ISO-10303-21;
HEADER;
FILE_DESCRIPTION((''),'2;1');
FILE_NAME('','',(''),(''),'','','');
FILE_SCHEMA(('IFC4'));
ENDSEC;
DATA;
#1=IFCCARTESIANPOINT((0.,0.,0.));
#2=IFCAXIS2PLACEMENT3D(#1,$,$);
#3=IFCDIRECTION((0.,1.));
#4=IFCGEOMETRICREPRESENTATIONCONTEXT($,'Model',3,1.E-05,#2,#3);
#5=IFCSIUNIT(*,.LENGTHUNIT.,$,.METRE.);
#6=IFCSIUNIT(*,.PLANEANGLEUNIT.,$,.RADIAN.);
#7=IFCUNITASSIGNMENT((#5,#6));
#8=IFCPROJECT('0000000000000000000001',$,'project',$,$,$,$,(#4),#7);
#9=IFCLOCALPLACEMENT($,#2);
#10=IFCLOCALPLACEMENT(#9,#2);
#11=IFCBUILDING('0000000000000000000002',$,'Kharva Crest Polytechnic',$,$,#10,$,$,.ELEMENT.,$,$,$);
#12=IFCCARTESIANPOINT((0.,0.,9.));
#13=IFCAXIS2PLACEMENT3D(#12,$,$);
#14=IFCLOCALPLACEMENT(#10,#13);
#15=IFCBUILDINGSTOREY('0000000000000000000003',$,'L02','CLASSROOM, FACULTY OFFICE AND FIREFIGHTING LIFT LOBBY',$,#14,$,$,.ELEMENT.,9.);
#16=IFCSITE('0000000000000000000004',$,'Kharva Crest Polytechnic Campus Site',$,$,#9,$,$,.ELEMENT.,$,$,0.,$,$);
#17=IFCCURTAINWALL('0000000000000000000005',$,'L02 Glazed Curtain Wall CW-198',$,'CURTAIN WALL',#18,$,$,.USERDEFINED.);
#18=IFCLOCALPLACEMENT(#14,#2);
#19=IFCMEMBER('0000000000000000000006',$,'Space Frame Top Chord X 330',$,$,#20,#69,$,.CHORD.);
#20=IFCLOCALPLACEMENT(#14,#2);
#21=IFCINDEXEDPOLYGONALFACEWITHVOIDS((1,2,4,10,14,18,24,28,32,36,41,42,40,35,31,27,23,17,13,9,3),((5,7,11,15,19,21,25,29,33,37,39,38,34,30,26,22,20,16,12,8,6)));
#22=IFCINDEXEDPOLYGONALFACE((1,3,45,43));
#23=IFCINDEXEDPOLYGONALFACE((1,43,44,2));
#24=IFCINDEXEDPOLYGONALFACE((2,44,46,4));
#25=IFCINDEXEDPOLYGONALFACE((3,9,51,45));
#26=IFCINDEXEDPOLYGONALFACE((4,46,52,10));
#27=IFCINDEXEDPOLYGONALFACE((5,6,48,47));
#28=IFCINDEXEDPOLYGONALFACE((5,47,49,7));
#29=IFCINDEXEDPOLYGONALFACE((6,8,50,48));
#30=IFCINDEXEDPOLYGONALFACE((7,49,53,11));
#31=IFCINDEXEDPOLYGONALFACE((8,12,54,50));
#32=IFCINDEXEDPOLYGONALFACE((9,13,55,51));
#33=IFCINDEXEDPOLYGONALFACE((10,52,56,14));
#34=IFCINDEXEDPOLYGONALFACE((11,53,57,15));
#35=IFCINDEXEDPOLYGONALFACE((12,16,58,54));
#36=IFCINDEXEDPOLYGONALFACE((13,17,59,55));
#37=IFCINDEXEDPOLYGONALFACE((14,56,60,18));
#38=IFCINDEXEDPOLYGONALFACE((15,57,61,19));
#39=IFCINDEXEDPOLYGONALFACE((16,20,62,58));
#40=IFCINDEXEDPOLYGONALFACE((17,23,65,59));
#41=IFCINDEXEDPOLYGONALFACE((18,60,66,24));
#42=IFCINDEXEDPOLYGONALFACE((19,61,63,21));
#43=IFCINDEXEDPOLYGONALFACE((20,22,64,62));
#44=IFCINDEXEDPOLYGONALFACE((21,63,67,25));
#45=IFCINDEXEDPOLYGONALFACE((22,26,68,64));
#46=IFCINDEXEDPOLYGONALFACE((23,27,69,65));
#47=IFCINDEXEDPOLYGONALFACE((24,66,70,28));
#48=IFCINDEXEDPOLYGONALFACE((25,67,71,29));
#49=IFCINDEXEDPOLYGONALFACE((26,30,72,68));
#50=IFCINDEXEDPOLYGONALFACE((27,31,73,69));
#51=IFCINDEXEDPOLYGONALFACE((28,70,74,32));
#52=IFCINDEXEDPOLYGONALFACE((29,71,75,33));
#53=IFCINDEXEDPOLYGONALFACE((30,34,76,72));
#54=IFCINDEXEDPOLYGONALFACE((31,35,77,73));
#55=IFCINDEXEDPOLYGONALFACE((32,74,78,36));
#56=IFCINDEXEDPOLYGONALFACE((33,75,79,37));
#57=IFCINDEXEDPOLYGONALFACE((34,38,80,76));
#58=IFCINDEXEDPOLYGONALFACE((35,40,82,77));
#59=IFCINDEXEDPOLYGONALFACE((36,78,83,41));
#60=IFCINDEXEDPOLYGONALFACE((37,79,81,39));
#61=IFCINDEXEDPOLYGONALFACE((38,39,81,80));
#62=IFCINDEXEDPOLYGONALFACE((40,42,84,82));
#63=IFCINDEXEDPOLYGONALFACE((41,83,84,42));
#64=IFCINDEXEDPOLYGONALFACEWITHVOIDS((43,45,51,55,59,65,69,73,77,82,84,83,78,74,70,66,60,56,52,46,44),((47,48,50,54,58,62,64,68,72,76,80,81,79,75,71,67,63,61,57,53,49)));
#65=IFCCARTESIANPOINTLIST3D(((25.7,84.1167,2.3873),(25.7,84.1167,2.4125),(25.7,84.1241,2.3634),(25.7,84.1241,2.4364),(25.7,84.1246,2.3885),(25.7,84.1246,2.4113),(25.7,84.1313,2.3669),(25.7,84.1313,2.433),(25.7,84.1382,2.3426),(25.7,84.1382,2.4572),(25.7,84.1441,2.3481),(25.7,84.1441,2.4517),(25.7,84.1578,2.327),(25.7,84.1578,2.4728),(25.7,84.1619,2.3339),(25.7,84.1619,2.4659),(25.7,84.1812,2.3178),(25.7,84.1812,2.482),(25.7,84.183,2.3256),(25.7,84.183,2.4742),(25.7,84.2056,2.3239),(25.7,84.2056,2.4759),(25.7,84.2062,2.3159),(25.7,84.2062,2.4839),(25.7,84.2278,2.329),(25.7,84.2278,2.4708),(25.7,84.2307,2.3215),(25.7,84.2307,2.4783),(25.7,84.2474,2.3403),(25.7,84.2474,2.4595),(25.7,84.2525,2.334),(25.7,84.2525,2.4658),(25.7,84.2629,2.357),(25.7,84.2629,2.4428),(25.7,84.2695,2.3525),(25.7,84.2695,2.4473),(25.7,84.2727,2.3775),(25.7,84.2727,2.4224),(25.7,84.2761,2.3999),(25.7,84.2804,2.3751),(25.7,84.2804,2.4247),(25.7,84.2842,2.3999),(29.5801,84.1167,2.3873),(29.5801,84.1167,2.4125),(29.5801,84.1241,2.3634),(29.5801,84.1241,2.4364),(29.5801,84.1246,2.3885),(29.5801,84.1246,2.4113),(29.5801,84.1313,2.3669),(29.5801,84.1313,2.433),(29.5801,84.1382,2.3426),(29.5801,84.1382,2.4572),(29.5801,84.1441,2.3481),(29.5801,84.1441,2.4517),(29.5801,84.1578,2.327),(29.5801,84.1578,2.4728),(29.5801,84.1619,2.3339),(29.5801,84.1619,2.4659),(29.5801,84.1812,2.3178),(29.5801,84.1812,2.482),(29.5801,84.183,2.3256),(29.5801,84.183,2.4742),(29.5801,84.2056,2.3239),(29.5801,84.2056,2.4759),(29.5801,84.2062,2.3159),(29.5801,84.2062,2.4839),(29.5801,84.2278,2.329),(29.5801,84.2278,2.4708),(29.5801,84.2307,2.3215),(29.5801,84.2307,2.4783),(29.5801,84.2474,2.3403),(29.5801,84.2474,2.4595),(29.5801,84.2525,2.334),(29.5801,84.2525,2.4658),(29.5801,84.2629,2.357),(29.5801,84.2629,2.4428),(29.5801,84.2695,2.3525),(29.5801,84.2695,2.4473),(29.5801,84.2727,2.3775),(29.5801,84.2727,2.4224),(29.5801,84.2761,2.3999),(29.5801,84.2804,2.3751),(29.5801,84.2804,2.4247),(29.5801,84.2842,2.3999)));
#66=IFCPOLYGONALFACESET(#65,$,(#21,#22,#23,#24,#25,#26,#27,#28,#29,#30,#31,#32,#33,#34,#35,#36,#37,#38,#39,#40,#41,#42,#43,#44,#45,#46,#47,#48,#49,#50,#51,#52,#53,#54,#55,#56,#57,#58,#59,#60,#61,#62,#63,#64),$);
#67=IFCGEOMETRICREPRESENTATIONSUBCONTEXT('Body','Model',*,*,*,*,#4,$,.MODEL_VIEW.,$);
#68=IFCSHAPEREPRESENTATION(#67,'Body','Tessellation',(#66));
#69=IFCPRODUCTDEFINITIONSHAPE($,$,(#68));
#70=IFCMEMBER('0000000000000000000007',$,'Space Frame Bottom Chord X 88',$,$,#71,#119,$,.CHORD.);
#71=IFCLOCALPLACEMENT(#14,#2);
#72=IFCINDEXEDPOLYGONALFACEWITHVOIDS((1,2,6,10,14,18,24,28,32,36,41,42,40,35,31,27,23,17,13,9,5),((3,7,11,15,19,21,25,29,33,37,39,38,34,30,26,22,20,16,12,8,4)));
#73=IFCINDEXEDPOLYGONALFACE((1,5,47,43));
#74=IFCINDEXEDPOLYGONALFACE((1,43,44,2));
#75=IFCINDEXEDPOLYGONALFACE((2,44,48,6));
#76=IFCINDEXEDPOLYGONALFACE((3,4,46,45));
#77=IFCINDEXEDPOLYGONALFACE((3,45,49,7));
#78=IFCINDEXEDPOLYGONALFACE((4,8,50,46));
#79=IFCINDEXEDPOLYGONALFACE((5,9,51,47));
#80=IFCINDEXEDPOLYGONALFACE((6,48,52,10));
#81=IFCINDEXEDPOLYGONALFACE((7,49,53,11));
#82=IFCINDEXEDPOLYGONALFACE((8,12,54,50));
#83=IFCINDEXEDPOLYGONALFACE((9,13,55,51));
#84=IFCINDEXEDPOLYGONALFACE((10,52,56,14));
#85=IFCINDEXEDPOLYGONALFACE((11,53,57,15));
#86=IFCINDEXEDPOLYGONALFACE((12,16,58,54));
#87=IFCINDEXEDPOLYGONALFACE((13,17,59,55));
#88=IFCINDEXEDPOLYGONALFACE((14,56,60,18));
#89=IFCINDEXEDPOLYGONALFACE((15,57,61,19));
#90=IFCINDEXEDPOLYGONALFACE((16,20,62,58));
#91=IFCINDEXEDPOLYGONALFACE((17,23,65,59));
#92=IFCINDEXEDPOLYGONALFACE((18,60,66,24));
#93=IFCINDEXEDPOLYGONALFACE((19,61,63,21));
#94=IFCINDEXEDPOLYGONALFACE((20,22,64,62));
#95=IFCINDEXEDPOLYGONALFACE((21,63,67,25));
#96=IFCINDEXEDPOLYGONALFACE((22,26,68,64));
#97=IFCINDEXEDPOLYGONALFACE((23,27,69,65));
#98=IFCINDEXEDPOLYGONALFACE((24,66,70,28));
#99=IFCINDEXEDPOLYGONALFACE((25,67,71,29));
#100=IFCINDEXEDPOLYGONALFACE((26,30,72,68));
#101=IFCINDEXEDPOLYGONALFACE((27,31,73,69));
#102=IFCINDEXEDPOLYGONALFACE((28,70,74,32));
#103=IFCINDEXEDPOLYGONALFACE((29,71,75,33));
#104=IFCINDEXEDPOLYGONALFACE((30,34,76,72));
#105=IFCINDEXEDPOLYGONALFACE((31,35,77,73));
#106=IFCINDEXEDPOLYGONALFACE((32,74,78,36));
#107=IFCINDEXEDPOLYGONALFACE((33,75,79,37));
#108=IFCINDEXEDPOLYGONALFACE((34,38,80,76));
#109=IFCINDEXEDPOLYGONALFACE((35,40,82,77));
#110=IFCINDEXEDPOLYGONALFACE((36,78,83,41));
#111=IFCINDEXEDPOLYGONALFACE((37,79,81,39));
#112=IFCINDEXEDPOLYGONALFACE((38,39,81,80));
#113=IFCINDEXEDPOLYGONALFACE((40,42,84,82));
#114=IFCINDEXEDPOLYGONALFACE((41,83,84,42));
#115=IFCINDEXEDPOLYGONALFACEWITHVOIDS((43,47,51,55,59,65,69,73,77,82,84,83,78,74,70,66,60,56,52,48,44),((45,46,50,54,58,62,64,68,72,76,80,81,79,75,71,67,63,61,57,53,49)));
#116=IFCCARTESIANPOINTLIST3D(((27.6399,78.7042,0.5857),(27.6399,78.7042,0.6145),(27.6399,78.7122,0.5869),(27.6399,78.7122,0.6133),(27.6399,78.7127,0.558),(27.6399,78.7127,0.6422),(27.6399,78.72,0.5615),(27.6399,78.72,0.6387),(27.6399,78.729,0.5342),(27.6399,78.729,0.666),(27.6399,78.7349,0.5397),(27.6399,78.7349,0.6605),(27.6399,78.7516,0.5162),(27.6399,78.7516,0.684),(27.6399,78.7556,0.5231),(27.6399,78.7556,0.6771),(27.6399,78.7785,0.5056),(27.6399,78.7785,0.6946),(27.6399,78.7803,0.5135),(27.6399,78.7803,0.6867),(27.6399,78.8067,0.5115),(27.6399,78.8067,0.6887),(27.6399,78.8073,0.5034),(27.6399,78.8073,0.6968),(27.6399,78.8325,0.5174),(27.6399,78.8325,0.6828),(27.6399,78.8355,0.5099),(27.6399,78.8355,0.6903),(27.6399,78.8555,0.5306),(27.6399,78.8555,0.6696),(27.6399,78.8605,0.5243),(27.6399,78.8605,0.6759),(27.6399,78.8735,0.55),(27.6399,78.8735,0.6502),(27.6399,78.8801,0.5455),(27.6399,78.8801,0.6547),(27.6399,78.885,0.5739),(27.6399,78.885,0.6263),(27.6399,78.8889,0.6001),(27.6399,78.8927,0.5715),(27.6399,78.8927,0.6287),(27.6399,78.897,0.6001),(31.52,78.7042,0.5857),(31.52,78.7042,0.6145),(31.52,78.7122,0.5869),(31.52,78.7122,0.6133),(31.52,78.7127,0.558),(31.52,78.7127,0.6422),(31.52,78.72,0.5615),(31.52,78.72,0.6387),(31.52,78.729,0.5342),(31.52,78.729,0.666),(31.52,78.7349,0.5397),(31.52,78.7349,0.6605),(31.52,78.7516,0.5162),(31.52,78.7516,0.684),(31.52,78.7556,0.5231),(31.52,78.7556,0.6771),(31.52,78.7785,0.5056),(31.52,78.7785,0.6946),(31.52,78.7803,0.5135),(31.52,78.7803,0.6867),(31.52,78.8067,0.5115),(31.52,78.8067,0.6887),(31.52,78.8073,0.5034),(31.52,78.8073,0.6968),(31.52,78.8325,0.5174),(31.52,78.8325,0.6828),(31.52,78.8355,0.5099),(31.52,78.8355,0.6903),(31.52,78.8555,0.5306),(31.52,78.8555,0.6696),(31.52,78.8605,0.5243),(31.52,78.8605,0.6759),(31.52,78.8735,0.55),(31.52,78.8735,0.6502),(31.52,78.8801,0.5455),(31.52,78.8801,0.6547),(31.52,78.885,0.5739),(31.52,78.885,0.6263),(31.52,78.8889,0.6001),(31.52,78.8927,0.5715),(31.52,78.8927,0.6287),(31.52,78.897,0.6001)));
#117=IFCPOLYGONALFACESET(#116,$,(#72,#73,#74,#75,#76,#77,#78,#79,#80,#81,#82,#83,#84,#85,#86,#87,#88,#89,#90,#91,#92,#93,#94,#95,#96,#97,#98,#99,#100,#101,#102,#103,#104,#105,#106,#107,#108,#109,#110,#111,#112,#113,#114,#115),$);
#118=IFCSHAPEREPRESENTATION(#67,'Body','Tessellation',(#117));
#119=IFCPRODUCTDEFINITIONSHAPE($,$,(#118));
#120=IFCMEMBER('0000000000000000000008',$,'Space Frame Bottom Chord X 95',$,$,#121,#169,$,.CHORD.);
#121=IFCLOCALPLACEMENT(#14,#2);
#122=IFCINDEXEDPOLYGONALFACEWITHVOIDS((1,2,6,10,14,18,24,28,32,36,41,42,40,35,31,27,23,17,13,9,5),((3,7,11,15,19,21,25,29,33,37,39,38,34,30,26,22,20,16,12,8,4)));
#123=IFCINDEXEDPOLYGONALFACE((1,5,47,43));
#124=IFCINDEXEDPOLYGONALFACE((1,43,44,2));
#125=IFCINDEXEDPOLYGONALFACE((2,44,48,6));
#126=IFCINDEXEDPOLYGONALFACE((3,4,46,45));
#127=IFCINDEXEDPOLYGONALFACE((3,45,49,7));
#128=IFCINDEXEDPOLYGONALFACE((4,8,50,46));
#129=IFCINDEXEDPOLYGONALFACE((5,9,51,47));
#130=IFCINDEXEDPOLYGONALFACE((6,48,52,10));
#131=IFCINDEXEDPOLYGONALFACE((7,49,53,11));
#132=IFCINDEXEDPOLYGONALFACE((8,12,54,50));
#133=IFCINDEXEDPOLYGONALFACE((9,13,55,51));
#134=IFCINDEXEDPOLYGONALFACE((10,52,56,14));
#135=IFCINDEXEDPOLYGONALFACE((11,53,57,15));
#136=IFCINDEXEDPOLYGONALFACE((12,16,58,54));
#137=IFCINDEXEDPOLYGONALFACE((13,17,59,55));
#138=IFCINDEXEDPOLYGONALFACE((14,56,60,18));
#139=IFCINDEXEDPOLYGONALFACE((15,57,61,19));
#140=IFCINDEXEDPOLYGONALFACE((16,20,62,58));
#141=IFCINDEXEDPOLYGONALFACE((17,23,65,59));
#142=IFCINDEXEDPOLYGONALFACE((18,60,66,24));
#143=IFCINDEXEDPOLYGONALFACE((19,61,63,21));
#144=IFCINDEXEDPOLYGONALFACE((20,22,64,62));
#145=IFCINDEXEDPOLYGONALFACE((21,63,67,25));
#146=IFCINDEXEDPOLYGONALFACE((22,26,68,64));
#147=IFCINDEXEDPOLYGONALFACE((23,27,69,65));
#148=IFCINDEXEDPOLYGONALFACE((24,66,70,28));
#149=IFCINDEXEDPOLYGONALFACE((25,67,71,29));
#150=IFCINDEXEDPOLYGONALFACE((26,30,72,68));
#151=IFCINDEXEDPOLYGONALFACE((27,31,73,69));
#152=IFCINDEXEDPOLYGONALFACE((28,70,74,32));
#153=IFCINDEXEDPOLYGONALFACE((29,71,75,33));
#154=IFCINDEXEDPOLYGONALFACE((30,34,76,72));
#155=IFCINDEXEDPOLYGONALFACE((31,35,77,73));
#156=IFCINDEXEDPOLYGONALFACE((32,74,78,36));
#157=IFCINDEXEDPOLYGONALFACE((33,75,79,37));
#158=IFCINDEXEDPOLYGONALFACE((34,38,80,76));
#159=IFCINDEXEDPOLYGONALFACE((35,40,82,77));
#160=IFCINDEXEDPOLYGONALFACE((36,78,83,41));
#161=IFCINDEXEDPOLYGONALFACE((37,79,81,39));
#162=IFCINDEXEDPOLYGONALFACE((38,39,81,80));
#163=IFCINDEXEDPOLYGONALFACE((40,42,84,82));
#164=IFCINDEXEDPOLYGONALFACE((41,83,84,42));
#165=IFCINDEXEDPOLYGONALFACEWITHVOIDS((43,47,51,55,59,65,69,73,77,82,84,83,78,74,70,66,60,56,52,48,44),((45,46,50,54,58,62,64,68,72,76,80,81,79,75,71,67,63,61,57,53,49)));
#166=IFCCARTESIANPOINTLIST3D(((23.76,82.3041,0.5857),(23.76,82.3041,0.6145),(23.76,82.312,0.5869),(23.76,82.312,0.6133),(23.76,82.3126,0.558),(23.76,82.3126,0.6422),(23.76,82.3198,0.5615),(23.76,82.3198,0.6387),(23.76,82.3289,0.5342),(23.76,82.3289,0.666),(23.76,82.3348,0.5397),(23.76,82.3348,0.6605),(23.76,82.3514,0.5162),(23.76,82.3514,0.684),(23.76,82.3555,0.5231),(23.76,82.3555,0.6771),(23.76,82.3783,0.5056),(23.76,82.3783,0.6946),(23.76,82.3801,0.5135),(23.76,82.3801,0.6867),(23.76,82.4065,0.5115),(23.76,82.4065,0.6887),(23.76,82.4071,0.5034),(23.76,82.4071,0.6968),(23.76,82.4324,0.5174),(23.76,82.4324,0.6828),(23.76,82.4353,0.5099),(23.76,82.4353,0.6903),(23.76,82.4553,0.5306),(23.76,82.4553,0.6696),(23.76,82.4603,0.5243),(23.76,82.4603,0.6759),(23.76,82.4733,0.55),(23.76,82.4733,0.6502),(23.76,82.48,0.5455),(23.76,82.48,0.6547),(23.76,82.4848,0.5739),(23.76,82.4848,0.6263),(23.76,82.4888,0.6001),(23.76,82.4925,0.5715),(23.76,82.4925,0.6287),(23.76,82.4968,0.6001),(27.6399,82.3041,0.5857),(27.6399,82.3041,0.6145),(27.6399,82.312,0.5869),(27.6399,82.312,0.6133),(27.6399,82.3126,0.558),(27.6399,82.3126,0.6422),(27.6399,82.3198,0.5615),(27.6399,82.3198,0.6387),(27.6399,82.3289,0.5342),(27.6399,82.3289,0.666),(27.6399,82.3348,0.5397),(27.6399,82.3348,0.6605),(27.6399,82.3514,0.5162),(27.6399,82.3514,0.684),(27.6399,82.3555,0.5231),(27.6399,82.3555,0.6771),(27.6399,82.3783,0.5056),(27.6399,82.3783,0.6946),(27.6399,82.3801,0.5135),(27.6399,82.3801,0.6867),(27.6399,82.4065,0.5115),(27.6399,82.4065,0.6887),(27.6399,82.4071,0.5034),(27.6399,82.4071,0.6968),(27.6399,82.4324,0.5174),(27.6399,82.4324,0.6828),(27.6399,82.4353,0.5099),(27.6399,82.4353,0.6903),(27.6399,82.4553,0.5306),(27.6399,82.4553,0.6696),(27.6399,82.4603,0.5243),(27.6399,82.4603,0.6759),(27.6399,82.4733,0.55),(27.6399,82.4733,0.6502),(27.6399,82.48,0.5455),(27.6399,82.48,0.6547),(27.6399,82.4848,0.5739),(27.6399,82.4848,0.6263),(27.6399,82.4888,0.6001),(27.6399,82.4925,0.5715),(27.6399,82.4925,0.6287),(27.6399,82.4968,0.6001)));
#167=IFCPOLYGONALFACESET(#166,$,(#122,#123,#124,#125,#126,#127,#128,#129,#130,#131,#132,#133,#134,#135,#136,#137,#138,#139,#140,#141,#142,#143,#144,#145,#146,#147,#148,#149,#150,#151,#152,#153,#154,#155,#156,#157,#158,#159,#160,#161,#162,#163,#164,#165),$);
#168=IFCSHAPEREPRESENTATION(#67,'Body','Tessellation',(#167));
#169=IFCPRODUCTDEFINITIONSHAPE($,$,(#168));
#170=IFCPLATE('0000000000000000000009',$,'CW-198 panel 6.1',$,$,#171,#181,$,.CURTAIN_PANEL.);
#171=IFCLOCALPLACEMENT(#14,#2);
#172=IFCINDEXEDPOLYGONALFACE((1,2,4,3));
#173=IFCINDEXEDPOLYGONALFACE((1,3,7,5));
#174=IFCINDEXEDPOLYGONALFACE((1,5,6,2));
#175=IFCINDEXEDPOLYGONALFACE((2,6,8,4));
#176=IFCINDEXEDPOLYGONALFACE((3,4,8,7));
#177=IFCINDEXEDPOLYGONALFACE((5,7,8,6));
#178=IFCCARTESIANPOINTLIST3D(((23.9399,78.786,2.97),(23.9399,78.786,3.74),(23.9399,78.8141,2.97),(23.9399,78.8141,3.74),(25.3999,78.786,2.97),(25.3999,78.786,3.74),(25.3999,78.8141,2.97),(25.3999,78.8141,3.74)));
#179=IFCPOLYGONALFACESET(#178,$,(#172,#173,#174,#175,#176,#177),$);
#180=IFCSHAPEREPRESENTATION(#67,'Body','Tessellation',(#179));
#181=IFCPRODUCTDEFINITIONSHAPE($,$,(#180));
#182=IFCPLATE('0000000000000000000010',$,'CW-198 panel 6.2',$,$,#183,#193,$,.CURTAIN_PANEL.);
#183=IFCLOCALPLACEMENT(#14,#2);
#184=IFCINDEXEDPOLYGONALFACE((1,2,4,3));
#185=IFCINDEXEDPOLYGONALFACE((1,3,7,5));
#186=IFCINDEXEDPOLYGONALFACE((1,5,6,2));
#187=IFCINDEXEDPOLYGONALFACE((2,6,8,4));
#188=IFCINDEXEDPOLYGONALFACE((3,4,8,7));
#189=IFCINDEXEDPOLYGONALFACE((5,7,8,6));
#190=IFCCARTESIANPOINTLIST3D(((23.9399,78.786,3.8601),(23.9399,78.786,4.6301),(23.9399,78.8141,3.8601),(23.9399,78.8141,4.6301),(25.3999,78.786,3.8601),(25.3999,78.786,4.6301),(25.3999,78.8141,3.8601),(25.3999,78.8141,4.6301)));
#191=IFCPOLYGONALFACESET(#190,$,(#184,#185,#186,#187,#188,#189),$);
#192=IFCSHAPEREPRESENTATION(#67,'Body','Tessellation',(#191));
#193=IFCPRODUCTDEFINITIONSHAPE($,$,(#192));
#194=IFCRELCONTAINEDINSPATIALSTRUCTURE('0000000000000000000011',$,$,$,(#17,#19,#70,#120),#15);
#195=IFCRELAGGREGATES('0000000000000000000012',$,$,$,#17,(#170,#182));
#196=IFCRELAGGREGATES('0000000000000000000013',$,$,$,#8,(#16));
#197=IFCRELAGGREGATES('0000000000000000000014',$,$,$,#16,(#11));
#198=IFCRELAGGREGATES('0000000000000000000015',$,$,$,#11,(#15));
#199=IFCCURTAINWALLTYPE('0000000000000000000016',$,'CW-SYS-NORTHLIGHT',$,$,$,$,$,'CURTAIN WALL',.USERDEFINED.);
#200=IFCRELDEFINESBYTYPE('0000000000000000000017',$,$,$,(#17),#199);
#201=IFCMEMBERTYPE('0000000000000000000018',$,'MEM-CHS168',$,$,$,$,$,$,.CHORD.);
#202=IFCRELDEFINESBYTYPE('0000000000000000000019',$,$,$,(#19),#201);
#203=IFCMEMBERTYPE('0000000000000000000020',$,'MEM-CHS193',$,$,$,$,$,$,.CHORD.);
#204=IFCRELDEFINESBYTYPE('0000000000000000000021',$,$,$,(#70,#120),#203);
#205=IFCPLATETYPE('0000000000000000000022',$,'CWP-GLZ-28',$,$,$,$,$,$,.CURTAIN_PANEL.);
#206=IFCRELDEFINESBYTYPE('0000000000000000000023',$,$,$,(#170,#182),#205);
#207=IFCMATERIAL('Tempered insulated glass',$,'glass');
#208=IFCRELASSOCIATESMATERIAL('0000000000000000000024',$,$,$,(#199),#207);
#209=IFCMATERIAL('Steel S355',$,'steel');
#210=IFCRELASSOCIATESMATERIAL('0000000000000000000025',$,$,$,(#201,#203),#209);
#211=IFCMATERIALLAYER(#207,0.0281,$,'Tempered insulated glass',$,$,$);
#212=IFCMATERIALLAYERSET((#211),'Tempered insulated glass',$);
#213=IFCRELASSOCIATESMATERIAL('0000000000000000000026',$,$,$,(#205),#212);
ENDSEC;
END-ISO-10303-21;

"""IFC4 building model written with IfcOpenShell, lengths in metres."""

from ifc_helpers import new_model, si_unit, direction, frame, origin, origin_2d, place, context, subcontext, project, spatial, rectangle, hollow_circle, extrude, material, layer, layer_set, material_profile, profile_set, type_object, element, aggregate, save


model = new_model("IFC4")

# Units and contexts
model_context = context("Model", 3, precision=1e-05, world=origin(), true_north=direction((0.0, 1.0)))
body_context = subcontext(model_context, "Body", "Model", "MODEL_VIEW")
ifc_project = project(units=[si_unit("LENGTHUNIT", "METRE"), si_unit("PLANEANGLEUNIT", "RADIAN")], contexts=[model_context])

# Site, building, storey
site_placement = place(None, origin())
site = spatial("IfcSite", under=ifc_project, at=site_placement, Name="Kharva Crest Polytechnic Campus Site", CompositionType="ELEMENT", RefElevation=0.0)
building_placement = place(site_placement, origin())
building = spatial("IfcBuilding", under=site, at=building_placement, Name="Kharva Crest Polytechnic", CompositionType="ELEMENT")
storey_placement = place(building_placement, frame((0.0, 0.0, 9.0)))
storey = spatial("IfcBuildingStorey", under=building, at=storey_placement, Name="L02", Description="CLASSROOM, FACULTY OFFICE AND FIREFIGHTING LIFT LOBBY", CompositionType="ELEMENT", Elevation=9.0)

# Curtain wall
ifc_material_1 = material(Name="Tempered insulated glass", Category="glass")
curtain_wall_type = type_object("IfcCurtainWallType", Name="CW-SYS-NORTHLIGHT", ElementType="CURTAIN WALL", PredefinedType="USERDEFINED", material=ifc_material_1)
curtain_wall_placement = place(storey_placement, origin())
curtain_wall = element("IfcCurtainWall", 1, at=curtain_wall_placement, inside=storey, type_object=curtain_wall_type, Name="L02 Glazed Curtain Wall CW-198", ObjectType="CURTAIN WALL", PredefinedType="USERDEFINED")
ifc_material_2 = material(Name="Steel S355", Category="steel")

# Members
ifc_material_profile_1 = material_profile(ifc_material_2, hollow_circle(Radius=0.0842, WallThickness=0.0081, at=origin_2d()), Name="CHS 168.3X8.0")
ifc_profile_set_1 = profile_set([ifc_material_profile_1], Name="Steel S355")
member_type_1 = type_object("IfcMemberType", Name="MEM-CHS168", PredefinedType="CHORD", material=ifc_profile_set_1)
for number, where, z_axis, x_axis, name in (
    (2, (25.7, 84.2, 2.3999), (1.0, 0.0, 0.0), (0.0, 1.0, 0.0), "Space Frame Top Chord X 330"),
):
    element("IfcMember", number, at=place(storey_placement, frame(where, z_axis=z_axis, x_axis=x_axis)), inside=storey, type_object=member_type_1, Name=name, PredefinedType="CHORD", context=body_context, shape_type="SweptSolid", body=[
        extrude(hollow_circle(Radius=0.0842, WallThickness=0.0081, at=origin_2d()), origin(), (0.0, 0.0, 1.0), 3.8801),
    ])
ifc_material_profile_2 = material_profile(ifc_material_2, hollow_circle(Radius=0.0969, WallThickness=0.0081, at=origin_2d()), Name="CHS 193.7X8.0")
ifc_profile_set_2 = profile_set([ifc_material_profile_2], Name="Steel S355")
member_type_2 = type_object("IfcMemberType", Name="MEM-CHS193", PredefinedType="CHORD", material=ifc_profile_set_2)
member_1_placement = place(storey_placement, frame((27.6399, 78.8, 0.6001), z_axis=(1.0, 0.0, 0.0), x_axis=(0.0, 1.0, 0.0)))
element("IfcMember", 3, at=member_1_placement, inside=storey, type_object=member_type_2, Name="Space Frame Bottom Chord X 88", PredefinedType="CHORD", context=body_context, shape_type="SweptSolid", body=[
    extrude(hollow_circle(Radius=0.0969, WallThickness=0.0081, at=origin_2d()), origin(), (0.0, 0.0, 1.0), 3.8801),
])
member_2_placement = place(storey_placement, frame((23.76, 82.3999, 0.6001), z_axis=(1.0, 0.0, 0.0), x_axis=(0.0, 1.0, 0.0)))
element("IfcMember", 4, at=member_2_placement, inside=storey, type_object=member_type_2, Name="Space Frame Bottom Chord X 95", PredefinedType="CHORD", context=body_context, shape_type="SweptSolid", body=[
    extrude(hollow_circle(Radius=0.0969, WallThickness=0.0081, at=origin_2d()), origin(), (0.0, 0.0, 1.0), 3.8799),
])

# Plates
ifc_layer = layer(ifc_material_1, 0.0281, Name="Tempered insulated glass")
ifc_layer_set = layer_set([ifc_layer], Name="Tempered insulated glass")
plate_type = type_object("IfcPlateType", Name="CWP-GLZ-28", PredefinedType="CURTAIN_PANEL", material=ifc_layer_set)
plate_1_placement = place(storey_placement, frame((24.6699, 78.8, 2.97), z_axis=(0.0, 0.0, 1.0), x_axis=(1.0, 0.0, 0.0)))
plate_1 = element("IfcPlate", 5, at=plate_1_placement, type_object=plate_type, Name="CW-198 panel 6.1", PredefinedType="CURTAIN_PANEL", context=body_context, shape_type="SweptSolid", body=[
    extrude(rectangle(XDim=1.46, YDim=0.0281, at=origin_2d()), origin(), (0.0, 0.0, 1.0), 0.77),
])
plate_2_placement = place(storey_placement, frame((24.6699, 78.8, 3.8601), z_axis=(0.0, 0.0, 1.0), x_axis=(1.0, 0.0, 0.0)))
plate_2 = element("IfcPlate", 6, at=plate_2_placement, type_object=plate_type, Name="CW-198 panel 6.2", PredefinedType="CURTAIN_PANEL", context=body_context, shape_type="SweptSolid", body=[
    extrude(rectangle(XDim=1.46, YDim=0.0281, at=origin_2d()), origin(), (0.0, 0.0, 1.0), 0.77),
])
aggregate(curtain_wall, [plate_1, plate_2])

save(model, "model.ifc")
